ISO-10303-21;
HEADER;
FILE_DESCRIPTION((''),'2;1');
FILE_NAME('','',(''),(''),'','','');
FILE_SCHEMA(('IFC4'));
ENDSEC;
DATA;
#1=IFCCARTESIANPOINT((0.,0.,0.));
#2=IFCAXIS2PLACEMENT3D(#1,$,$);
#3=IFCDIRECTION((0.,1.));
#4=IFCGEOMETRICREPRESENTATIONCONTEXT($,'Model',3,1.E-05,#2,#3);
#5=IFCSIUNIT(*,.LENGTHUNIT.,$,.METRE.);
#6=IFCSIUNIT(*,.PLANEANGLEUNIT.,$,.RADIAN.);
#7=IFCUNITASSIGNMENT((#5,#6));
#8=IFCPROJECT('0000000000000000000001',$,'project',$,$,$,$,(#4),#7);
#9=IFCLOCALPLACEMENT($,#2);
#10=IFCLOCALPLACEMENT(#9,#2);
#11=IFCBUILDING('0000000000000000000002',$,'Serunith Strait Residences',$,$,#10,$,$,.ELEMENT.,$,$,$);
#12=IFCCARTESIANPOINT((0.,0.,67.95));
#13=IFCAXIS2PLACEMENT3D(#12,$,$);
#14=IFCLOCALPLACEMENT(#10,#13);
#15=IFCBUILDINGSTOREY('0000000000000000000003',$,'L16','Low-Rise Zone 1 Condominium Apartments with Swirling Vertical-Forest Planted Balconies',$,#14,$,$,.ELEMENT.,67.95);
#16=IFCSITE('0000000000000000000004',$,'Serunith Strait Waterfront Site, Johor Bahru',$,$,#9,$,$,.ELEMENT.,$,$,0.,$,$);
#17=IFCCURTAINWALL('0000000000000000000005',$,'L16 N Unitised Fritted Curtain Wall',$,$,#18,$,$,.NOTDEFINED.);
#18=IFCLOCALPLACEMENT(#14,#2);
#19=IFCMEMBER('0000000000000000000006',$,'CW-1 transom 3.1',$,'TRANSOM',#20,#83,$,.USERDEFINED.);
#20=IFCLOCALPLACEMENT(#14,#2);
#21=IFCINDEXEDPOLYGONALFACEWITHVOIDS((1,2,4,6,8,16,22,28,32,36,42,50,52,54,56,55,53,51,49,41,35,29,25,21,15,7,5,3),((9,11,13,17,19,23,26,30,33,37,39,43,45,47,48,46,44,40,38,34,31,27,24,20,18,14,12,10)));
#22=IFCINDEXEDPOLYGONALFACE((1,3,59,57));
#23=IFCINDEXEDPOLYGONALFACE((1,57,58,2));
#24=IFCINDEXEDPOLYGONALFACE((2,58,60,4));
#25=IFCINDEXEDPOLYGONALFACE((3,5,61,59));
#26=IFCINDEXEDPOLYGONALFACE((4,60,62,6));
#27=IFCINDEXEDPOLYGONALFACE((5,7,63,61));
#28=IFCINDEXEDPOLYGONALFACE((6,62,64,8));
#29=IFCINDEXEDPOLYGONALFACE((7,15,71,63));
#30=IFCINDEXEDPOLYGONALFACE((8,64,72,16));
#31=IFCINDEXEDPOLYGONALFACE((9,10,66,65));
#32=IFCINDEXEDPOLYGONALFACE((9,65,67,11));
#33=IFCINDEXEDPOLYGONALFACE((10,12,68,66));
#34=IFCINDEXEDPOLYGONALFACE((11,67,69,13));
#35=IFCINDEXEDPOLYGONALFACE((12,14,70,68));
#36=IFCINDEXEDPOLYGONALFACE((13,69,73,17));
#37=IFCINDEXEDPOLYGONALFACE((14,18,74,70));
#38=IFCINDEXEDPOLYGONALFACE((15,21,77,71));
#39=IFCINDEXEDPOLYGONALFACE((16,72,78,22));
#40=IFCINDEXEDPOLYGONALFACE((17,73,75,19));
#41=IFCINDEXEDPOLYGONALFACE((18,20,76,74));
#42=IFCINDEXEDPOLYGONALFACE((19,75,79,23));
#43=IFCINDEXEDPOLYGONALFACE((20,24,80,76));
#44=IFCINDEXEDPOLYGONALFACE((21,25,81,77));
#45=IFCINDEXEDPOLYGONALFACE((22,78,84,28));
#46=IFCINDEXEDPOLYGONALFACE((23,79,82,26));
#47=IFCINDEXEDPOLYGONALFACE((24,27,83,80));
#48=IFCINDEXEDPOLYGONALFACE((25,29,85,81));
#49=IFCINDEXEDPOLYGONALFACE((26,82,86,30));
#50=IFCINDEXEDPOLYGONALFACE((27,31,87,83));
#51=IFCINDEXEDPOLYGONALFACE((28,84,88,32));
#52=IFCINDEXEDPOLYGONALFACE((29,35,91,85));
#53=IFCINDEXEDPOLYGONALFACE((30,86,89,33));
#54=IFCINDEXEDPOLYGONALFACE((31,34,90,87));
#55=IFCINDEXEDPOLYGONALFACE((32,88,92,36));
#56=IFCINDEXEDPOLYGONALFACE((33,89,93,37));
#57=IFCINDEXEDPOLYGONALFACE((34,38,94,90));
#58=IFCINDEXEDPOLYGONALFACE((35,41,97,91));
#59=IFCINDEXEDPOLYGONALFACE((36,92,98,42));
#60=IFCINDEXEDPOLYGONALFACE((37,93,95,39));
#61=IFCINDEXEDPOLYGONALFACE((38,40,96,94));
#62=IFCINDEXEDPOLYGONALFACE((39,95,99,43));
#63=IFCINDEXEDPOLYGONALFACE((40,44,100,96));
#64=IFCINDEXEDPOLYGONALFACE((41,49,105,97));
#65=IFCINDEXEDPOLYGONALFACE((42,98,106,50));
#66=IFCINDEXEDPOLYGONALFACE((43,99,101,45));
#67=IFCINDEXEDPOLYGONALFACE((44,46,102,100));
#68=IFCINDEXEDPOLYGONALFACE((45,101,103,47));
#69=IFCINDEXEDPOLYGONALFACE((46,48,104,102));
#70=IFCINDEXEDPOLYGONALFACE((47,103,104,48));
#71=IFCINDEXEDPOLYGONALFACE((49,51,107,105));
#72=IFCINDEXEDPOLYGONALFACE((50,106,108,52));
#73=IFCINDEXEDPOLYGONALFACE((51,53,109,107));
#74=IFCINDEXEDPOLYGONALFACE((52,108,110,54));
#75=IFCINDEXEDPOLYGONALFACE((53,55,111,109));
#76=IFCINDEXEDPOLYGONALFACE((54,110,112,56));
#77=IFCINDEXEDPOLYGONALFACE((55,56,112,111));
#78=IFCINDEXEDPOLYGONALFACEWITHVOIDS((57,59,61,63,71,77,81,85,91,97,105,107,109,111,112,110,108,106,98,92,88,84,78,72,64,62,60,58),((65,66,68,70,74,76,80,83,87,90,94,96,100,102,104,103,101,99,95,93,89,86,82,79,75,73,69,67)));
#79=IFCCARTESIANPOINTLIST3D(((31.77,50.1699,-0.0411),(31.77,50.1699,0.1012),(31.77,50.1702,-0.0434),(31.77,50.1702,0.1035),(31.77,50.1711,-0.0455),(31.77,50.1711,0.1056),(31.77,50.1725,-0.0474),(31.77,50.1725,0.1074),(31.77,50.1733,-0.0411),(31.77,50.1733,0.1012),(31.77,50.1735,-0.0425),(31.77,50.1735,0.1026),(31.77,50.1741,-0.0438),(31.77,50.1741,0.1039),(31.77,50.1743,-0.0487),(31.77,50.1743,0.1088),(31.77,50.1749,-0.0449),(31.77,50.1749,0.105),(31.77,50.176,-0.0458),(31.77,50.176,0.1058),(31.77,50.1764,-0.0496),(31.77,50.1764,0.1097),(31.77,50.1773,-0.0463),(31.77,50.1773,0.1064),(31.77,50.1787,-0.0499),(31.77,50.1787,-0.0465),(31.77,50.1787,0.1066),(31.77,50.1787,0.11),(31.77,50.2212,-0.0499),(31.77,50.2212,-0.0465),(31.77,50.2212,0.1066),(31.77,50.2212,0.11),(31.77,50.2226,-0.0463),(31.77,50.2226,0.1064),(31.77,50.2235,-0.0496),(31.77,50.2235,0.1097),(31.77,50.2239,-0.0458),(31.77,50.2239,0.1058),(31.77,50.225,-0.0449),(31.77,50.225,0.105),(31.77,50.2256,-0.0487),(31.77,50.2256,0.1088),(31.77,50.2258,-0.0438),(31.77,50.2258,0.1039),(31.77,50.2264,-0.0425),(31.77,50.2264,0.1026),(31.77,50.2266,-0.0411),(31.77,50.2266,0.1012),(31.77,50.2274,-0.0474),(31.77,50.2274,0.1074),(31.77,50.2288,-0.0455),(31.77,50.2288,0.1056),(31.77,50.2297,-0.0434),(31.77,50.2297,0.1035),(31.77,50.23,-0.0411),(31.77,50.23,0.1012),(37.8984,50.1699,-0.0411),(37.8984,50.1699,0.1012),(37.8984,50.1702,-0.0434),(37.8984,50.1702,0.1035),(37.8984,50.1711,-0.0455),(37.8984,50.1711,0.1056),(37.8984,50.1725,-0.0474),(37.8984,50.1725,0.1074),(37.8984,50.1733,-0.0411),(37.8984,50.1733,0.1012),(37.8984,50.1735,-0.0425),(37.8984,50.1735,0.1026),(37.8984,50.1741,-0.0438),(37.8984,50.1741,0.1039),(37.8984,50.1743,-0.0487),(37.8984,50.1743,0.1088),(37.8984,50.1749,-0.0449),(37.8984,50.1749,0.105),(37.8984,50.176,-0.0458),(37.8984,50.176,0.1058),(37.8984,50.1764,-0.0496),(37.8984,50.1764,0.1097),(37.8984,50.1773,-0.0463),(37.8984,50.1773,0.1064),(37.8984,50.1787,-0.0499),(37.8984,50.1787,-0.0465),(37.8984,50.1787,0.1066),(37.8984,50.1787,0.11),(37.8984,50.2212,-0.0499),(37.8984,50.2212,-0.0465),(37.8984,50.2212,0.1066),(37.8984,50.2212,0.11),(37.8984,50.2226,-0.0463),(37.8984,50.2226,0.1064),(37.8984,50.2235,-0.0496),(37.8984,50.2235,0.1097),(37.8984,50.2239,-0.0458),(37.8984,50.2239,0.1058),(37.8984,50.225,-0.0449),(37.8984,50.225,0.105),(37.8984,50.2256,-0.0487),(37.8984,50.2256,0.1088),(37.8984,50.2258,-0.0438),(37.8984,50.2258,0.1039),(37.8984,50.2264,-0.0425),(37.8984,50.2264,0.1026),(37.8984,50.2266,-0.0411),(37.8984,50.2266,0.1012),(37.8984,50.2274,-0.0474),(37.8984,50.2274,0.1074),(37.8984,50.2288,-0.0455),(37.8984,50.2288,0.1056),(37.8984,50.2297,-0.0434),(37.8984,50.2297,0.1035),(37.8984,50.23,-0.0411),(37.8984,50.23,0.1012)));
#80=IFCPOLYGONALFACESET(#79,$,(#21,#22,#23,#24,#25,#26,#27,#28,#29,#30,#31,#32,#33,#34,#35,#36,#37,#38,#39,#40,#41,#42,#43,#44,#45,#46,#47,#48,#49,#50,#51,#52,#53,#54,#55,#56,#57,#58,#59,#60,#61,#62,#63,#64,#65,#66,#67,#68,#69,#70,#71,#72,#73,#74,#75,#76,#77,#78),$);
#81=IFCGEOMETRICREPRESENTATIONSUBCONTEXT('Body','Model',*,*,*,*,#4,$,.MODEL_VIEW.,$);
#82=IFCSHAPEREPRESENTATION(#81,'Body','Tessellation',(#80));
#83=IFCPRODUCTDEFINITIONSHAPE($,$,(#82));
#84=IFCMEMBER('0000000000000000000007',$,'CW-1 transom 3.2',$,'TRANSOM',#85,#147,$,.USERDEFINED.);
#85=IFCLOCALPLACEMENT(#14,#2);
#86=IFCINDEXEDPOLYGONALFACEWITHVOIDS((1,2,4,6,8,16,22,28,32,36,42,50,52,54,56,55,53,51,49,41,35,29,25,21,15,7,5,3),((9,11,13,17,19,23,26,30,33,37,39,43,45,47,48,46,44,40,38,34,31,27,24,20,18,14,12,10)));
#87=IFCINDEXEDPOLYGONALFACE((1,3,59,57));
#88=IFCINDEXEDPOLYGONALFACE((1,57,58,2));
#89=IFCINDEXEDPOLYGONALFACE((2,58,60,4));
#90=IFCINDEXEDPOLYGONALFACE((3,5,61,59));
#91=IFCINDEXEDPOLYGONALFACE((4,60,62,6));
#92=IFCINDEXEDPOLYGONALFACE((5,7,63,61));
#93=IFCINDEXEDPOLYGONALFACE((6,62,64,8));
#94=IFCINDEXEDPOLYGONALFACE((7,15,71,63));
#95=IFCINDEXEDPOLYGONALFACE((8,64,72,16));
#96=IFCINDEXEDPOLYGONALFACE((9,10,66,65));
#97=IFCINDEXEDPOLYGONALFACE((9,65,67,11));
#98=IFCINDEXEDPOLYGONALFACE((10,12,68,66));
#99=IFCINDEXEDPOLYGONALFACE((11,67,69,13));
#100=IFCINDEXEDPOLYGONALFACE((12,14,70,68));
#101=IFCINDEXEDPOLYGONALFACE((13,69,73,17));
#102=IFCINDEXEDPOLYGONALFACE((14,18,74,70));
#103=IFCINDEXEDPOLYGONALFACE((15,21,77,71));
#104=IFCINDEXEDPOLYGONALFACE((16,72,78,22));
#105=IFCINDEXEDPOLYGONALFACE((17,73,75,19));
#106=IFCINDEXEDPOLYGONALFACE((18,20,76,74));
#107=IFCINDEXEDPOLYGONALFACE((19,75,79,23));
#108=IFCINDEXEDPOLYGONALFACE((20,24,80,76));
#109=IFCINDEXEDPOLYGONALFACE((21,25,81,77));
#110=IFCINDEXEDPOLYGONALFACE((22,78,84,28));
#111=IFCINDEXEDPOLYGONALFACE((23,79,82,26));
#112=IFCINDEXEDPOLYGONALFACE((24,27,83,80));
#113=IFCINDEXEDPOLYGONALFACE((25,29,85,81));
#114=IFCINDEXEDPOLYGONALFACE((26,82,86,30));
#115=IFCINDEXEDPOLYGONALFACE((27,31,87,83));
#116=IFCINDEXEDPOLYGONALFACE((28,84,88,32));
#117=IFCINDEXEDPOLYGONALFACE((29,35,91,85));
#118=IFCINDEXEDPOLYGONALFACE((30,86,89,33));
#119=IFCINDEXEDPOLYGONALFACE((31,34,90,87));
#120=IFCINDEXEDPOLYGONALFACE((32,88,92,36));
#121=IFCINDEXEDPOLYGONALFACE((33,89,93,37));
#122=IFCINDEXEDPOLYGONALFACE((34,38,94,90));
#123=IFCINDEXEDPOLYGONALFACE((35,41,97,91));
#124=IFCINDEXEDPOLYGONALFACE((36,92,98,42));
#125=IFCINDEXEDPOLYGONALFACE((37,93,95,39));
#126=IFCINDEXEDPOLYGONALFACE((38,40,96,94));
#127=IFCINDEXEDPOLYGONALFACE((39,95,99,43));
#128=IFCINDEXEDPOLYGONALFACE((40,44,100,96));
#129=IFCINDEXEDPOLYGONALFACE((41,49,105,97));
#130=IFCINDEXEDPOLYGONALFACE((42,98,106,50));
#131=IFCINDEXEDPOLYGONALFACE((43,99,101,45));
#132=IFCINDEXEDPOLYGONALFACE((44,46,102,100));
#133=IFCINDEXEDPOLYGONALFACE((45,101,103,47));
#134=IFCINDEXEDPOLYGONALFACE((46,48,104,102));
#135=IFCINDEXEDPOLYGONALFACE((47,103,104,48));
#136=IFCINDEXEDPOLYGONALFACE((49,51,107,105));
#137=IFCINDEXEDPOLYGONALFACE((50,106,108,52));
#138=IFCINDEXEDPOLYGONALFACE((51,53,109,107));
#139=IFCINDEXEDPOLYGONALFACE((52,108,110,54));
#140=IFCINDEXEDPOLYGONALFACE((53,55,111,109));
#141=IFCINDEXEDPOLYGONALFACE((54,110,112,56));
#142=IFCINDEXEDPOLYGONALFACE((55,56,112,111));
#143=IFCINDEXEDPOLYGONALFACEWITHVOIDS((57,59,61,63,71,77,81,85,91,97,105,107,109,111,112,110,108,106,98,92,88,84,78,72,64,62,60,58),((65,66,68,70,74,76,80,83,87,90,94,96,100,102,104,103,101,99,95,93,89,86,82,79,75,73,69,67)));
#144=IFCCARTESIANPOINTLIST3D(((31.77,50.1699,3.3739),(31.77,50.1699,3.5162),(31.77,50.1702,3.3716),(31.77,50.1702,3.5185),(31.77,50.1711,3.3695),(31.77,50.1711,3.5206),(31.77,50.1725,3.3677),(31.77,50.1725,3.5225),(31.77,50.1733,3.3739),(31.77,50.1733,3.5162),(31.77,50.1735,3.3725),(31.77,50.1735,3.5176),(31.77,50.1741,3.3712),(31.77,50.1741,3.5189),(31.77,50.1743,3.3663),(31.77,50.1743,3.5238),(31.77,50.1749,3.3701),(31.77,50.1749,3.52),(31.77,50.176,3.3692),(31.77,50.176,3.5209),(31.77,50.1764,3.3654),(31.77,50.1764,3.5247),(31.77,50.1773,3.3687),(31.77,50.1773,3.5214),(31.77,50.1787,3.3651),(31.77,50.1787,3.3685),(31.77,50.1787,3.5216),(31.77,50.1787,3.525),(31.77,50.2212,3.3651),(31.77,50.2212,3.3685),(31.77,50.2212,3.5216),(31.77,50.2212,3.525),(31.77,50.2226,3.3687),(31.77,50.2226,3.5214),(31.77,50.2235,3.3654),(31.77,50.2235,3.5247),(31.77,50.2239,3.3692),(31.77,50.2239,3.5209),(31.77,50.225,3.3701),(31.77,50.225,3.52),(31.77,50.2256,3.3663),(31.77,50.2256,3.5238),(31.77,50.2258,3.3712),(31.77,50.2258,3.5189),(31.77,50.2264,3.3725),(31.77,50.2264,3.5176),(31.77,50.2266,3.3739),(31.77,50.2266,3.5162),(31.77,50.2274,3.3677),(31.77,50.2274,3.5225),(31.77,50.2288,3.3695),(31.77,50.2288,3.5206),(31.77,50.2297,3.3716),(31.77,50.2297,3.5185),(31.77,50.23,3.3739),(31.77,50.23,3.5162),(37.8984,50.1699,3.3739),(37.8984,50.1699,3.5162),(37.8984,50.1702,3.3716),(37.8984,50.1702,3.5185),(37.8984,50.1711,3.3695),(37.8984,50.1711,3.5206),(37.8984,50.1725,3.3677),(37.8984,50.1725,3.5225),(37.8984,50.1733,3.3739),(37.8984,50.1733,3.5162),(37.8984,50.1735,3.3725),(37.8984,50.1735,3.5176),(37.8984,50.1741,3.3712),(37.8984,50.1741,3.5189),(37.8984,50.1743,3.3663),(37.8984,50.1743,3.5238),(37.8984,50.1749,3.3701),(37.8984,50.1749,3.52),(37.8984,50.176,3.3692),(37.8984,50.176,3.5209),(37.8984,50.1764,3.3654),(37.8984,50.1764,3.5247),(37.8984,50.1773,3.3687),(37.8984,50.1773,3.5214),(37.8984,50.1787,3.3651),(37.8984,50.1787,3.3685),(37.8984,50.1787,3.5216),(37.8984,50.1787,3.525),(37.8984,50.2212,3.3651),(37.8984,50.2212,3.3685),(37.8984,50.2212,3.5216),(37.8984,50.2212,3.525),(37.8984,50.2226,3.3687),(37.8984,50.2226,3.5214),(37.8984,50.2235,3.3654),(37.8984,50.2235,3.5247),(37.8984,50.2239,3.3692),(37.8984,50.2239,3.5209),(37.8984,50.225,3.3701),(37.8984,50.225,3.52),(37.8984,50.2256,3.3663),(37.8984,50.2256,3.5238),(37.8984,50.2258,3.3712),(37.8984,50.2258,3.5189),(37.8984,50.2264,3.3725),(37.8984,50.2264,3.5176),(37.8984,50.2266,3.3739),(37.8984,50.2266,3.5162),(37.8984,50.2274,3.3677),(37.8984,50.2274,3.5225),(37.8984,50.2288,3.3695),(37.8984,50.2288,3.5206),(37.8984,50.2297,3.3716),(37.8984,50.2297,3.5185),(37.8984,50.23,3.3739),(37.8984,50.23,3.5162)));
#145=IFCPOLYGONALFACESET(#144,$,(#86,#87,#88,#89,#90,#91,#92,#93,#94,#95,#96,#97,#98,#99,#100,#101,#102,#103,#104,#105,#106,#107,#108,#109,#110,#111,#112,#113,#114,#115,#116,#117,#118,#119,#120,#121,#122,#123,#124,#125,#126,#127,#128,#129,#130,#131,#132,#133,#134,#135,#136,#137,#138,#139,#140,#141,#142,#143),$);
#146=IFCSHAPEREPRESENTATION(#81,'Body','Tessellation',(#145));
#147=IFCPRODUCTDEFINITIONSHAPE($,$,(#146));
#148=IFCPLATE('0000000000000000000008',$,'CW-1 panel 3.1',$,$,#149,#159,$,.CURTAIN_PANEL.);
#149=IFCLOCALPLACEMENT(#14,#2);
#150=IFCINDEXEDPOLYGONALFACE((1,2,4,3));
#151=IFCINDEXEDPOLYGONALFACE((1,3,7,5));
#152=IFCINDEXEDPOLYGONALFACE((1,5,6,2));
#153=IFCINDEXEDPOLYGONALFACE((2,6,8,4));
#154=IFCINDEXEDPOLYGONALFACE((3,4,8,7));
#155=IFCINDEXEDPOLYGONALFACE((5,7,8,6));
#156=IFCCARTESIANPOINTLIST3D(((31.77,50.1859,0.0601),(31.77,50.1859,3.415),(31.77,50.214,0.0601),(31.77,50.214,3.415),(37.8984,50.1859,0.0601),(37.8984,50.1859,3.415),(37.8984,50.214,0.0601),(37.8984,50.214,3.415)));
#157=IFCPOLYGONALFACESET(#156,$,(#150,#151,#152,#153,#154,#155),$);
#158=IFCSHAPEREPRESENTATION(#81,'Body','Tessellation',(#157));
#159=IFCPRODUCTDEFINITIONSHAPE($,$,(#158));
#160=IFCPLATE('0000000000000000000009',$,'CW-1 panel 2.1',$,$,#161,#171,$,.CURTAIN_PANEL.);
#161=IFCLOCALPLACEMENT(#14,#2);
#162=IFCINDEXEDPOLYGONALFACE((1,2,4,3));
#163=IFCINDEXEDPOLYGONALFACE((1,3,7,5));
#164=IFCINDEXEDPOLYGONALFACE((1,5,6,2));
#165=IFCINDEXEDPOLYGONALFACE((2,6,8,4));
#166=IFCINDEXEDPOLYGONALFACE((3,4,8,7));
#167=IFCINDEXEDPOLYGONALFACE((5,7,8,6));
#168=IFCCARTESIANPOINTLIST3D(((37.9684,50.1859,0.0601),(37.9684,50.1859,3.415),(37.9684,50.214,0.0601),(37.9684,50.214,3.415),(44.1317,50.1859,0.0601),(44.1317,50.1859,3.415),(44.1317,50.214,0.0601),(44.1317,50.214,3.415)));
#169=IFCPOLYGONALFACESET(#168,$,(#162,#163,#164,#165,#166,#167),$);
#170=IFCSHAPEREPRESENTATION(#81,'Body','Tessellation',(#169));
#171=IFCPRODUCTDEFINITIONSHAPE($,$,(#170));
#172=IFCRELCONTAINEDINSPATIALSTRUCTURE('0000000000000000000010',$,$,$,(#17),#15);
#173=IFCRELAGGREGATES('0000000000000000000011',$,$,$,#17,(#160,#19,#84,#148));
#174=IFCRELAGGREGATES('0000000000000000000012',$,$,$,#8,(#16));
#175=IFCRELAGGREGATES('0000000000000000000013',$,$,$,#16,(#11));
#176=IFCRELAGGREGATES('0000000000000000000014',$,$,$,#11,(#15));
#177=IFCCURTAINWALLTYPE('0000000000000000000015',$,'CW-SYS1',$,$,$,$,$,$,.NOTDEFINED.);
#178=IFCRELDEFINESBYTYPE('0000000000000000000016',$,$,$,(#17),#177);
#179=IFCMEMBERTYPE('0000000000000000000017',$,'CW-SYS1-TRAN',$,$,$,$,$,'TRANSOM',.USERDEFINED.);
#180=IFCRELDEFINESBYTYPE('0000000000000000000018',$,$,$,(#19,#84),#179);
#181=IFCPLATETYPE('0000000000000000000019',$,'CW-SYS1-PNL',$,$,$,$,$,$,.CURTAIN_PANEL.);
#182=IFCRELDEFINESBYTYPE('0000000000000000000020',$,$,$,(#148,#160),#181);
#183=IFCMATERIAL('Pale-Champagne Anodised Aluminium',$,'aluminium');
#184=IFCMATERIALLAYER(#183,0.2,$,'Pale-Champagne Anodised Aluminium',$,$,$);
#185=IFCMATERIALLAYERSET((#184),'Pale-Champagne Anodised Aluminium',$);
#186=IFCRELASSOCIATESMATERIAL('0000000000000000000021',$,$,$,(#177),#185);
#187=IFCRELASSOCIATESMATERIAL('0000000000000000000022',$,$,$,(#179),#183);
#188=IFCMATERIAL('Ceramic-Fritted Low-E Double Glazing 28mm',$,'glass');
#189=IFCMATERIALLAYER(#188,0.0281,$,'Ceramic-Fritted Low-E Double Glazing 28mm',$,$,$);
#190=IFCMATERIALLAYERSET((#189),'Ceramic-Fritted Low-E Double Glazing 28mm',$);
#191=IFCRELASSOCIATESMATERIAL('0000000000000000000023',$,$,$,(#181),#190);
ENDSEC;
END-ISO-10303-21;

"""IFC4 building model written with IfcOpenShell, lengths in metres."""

from ifc_helpers import new_model, si_unit, direction, frame, origin, origin_2d, place, context, subcontext, project, spatial, rectangle, hollow_rectangle, extrude, source, transform, mapped, material, layer, layer_set, material_profile, profile_set, type_object, element, aggregate, save


model = new_model("IFC4")

# Units and contexts
model_context = context("Model", 3, precision=1e-05, world=origin(), true_north=direction((0.0, 1.0)))
body_context = subcontext(model_context, "Body", "Model", "MODEL_VIEW")
ifc_project = project(units=[si_unit("LENGTHUNIT", "METRE"), si_unit("PLANEANGLEUNIT", "RADIAN")], contexts=[model_context])

# Site, building, storey
site_placement = place(None, origin())
site = spatial("IfcSite", under=ifc_project, at=site_placement, Name="Serunith Strait Waterfront Site, Johor Bahru", CompositionType="ELEMENT", RefElevation=0.0)
building_placement = place(site_placement, origin())
building = spatial("IfcBuilding", under=site, at=building_placement, Name="Serunith Strait Residences", CompositionType="ELEMENT")
storey_placement = place(building_placement, frame((0.0, 0.0, 67.95)))
storey = spatial("IfcBuildingStorey", under=building, at=storey_placement, Name="L16", Description="Low-Rise Zone 1 Condominium Apartments with Swirling Vertical-Forest Planted Balconies", CompositionType="ELEMENT", Elevation=67.95)

# Curtain wall, members, plates
ifc_material_1 = material(Name="Pale-Champagne Anodised Aluminium", Category="aluminium")
ifc_layer_1 = layer(ifc_material_1, 0.2, Name="Pale-Champagne Anodised Aluminium")
ifc_layer_set_1 = layer_set([ifc_layer_1], Name="Pale-Champagne Anodised Aluminium")
curtain_wall_type = type_object("IfcCurtainWallType", Name="CW-SYS1", PredefinedType="NOTDEFINED", material=ifc_layer_set_1)
curtain_wall_placement = place(storey_placement, origin())
curtain_wall = element("IfcCurtainWall", 1, at=curtain_wall_placement, inside=storey, type_object=curtain_wall_type, Name="L16 N Unitised Fritted Curtain Wall", PredefinedType="NOTDEFINED")
ifc_material_profile_1 = material_profile(ifc_material_1, hollow_rectangle(XDim=0.0601, YDim=0.1599, WallThickness=0.0034, InnerFilletRadius=0.0054, OuterFilletRadius=0.0088, at=origin_2d()), Name="ALU 160x60x3.5")
ifc_profile_set_1 = profile_set([ifc_material_profile_1], Name="Pale-Champagne Anodised Aluminium")
member_type_1 = type_object("IfcMemberType", Name="CW-SYS1-TRAN", ElementType="TRANSOM", PredefinedType="USERDEFINED", material=ifc_profile_set_1)
shared_shape_1 = source(origin(), body_context, "Body", "SweptSolid", [
    extrude(hollow_rectangle(XDim=0.0601, YDim=0.1599, WallThickness=0.0034, InnerFilletRadius=0.0054, OuterFilletRadius=0.0088, at=origin_2d()), origin(), (0.0, 0.0, 1.0), 6.1284),
])
member_1_placement = place(storey_placement, frame((37.8984, 50.2, 0.03), z_axis=(-1.0, 0.0, 0.0), x_axis=(0.0, -1.0, 0.0)))
member_1 = element("IfcMember", 2, at=member_1_placement, type_object=member_type_1, Name="CW-1 transom 3.1", ObjectType="TRANSOM", PredefinedType="USERDEFINED", context=body_context, shape_type="MappedRepresentation", body=[
    mapped(shared_shape_1, transform((0.0, 0.0, 0.0), scale=1.0)),
])
member_2_placement = place(storey_placement, frame((37.8984, 50.2, 3.4451), z_axis=(-1.0, 0.0, 0.0), x_axis=(0.0, -1.0, 0.0)))
member_2 = element("IfcMember", 3, at=member_2_placement, type_object=member_type_1, Name="CW-1 transom 3.2", ObjectType="TRANSOM", PredefinedType="USERDEFINED", context=body_context, shape_type="MappedRepresentation", body=[
    mapped(shared_shape_1, transform((0.0, 0.0, 0.0), scale=1.0)),
])
ifc_material_2 = material(Name="Ceramic-Fritted Low-E Double Glazing 28mm", Category="glass")
ifc_layer_2 = layer(ifc_material_2, 0.0281, Name="Ceramic-Fritted Low-E Double Glazing 28mm")
ifc_layer_set_2 = layer_set([ifc_layer_2], Name="Ceramic-Fritted Low-E Double Glazing 28mm")
plate_type = type_object("IfcPlateType", Name="CW-SYS1-PNL", PredefinedType="CURTAIN_PANEL", material=ifc_layer_set_2)
shared_shape_2 = source(origin(), body_context, "Body", "SweptSolid", [
    extrude(rectangle(XDim=6.1284, YDim=0.0281, at=origin_2d()), origin(), (0.0, 0.0, 1.0), 3.355),
])
plate_1_placement = place(storey_placement, frame((34.8342, 50.2, 0.0601), z_axis=(0.0, 0.0, 1.0), x_axis=(-1.0, 0.0, 0.0)))
plate_1 = element("IfcPlate", 4, at=plate_1_placement, type_object=plate_type, Name="CW-1 panel 3.1", PredefinedType="CURTAIN_PANEL", context=body_context, shape_type="MappedRepresentation", body=[
    mapped(shared_shape_2, transform((0.0, 0.0, 0.0), scale=1.0)),
])
shared_shape_3 = source(origin(), body_context, "Body", "SweptSolid", [
    extrude(rectangle(XDim=6.1633, YDim=0.0281, at=origin_2d()), origin(), (0.0, 0.0, 1.0), 3.355),
])
plate_2_placement = place(storey_placement, frame((41.05, 50.2, 0.0601), z_axis=(0.0, 0.0, 1.0), x_axis=(-1.0, 0.0, 0.0)))
plate_2 = element("IfcPlate", 5, at=plate_2_placement, type_object=plate_type, Name="CW-1 panel 2.1", PredefinedType="CURTAIN_PANEL", context=body_context, shape_type="MappedRepresentation", body=[
    mapped(shared_shape_3, transform((0.0, 0.0, 0.0), scale=1.0)),
])
aggregate(curtain_wall, [plate_2, member_1, member_2, plate_1])

save(model, "model.ifc")
